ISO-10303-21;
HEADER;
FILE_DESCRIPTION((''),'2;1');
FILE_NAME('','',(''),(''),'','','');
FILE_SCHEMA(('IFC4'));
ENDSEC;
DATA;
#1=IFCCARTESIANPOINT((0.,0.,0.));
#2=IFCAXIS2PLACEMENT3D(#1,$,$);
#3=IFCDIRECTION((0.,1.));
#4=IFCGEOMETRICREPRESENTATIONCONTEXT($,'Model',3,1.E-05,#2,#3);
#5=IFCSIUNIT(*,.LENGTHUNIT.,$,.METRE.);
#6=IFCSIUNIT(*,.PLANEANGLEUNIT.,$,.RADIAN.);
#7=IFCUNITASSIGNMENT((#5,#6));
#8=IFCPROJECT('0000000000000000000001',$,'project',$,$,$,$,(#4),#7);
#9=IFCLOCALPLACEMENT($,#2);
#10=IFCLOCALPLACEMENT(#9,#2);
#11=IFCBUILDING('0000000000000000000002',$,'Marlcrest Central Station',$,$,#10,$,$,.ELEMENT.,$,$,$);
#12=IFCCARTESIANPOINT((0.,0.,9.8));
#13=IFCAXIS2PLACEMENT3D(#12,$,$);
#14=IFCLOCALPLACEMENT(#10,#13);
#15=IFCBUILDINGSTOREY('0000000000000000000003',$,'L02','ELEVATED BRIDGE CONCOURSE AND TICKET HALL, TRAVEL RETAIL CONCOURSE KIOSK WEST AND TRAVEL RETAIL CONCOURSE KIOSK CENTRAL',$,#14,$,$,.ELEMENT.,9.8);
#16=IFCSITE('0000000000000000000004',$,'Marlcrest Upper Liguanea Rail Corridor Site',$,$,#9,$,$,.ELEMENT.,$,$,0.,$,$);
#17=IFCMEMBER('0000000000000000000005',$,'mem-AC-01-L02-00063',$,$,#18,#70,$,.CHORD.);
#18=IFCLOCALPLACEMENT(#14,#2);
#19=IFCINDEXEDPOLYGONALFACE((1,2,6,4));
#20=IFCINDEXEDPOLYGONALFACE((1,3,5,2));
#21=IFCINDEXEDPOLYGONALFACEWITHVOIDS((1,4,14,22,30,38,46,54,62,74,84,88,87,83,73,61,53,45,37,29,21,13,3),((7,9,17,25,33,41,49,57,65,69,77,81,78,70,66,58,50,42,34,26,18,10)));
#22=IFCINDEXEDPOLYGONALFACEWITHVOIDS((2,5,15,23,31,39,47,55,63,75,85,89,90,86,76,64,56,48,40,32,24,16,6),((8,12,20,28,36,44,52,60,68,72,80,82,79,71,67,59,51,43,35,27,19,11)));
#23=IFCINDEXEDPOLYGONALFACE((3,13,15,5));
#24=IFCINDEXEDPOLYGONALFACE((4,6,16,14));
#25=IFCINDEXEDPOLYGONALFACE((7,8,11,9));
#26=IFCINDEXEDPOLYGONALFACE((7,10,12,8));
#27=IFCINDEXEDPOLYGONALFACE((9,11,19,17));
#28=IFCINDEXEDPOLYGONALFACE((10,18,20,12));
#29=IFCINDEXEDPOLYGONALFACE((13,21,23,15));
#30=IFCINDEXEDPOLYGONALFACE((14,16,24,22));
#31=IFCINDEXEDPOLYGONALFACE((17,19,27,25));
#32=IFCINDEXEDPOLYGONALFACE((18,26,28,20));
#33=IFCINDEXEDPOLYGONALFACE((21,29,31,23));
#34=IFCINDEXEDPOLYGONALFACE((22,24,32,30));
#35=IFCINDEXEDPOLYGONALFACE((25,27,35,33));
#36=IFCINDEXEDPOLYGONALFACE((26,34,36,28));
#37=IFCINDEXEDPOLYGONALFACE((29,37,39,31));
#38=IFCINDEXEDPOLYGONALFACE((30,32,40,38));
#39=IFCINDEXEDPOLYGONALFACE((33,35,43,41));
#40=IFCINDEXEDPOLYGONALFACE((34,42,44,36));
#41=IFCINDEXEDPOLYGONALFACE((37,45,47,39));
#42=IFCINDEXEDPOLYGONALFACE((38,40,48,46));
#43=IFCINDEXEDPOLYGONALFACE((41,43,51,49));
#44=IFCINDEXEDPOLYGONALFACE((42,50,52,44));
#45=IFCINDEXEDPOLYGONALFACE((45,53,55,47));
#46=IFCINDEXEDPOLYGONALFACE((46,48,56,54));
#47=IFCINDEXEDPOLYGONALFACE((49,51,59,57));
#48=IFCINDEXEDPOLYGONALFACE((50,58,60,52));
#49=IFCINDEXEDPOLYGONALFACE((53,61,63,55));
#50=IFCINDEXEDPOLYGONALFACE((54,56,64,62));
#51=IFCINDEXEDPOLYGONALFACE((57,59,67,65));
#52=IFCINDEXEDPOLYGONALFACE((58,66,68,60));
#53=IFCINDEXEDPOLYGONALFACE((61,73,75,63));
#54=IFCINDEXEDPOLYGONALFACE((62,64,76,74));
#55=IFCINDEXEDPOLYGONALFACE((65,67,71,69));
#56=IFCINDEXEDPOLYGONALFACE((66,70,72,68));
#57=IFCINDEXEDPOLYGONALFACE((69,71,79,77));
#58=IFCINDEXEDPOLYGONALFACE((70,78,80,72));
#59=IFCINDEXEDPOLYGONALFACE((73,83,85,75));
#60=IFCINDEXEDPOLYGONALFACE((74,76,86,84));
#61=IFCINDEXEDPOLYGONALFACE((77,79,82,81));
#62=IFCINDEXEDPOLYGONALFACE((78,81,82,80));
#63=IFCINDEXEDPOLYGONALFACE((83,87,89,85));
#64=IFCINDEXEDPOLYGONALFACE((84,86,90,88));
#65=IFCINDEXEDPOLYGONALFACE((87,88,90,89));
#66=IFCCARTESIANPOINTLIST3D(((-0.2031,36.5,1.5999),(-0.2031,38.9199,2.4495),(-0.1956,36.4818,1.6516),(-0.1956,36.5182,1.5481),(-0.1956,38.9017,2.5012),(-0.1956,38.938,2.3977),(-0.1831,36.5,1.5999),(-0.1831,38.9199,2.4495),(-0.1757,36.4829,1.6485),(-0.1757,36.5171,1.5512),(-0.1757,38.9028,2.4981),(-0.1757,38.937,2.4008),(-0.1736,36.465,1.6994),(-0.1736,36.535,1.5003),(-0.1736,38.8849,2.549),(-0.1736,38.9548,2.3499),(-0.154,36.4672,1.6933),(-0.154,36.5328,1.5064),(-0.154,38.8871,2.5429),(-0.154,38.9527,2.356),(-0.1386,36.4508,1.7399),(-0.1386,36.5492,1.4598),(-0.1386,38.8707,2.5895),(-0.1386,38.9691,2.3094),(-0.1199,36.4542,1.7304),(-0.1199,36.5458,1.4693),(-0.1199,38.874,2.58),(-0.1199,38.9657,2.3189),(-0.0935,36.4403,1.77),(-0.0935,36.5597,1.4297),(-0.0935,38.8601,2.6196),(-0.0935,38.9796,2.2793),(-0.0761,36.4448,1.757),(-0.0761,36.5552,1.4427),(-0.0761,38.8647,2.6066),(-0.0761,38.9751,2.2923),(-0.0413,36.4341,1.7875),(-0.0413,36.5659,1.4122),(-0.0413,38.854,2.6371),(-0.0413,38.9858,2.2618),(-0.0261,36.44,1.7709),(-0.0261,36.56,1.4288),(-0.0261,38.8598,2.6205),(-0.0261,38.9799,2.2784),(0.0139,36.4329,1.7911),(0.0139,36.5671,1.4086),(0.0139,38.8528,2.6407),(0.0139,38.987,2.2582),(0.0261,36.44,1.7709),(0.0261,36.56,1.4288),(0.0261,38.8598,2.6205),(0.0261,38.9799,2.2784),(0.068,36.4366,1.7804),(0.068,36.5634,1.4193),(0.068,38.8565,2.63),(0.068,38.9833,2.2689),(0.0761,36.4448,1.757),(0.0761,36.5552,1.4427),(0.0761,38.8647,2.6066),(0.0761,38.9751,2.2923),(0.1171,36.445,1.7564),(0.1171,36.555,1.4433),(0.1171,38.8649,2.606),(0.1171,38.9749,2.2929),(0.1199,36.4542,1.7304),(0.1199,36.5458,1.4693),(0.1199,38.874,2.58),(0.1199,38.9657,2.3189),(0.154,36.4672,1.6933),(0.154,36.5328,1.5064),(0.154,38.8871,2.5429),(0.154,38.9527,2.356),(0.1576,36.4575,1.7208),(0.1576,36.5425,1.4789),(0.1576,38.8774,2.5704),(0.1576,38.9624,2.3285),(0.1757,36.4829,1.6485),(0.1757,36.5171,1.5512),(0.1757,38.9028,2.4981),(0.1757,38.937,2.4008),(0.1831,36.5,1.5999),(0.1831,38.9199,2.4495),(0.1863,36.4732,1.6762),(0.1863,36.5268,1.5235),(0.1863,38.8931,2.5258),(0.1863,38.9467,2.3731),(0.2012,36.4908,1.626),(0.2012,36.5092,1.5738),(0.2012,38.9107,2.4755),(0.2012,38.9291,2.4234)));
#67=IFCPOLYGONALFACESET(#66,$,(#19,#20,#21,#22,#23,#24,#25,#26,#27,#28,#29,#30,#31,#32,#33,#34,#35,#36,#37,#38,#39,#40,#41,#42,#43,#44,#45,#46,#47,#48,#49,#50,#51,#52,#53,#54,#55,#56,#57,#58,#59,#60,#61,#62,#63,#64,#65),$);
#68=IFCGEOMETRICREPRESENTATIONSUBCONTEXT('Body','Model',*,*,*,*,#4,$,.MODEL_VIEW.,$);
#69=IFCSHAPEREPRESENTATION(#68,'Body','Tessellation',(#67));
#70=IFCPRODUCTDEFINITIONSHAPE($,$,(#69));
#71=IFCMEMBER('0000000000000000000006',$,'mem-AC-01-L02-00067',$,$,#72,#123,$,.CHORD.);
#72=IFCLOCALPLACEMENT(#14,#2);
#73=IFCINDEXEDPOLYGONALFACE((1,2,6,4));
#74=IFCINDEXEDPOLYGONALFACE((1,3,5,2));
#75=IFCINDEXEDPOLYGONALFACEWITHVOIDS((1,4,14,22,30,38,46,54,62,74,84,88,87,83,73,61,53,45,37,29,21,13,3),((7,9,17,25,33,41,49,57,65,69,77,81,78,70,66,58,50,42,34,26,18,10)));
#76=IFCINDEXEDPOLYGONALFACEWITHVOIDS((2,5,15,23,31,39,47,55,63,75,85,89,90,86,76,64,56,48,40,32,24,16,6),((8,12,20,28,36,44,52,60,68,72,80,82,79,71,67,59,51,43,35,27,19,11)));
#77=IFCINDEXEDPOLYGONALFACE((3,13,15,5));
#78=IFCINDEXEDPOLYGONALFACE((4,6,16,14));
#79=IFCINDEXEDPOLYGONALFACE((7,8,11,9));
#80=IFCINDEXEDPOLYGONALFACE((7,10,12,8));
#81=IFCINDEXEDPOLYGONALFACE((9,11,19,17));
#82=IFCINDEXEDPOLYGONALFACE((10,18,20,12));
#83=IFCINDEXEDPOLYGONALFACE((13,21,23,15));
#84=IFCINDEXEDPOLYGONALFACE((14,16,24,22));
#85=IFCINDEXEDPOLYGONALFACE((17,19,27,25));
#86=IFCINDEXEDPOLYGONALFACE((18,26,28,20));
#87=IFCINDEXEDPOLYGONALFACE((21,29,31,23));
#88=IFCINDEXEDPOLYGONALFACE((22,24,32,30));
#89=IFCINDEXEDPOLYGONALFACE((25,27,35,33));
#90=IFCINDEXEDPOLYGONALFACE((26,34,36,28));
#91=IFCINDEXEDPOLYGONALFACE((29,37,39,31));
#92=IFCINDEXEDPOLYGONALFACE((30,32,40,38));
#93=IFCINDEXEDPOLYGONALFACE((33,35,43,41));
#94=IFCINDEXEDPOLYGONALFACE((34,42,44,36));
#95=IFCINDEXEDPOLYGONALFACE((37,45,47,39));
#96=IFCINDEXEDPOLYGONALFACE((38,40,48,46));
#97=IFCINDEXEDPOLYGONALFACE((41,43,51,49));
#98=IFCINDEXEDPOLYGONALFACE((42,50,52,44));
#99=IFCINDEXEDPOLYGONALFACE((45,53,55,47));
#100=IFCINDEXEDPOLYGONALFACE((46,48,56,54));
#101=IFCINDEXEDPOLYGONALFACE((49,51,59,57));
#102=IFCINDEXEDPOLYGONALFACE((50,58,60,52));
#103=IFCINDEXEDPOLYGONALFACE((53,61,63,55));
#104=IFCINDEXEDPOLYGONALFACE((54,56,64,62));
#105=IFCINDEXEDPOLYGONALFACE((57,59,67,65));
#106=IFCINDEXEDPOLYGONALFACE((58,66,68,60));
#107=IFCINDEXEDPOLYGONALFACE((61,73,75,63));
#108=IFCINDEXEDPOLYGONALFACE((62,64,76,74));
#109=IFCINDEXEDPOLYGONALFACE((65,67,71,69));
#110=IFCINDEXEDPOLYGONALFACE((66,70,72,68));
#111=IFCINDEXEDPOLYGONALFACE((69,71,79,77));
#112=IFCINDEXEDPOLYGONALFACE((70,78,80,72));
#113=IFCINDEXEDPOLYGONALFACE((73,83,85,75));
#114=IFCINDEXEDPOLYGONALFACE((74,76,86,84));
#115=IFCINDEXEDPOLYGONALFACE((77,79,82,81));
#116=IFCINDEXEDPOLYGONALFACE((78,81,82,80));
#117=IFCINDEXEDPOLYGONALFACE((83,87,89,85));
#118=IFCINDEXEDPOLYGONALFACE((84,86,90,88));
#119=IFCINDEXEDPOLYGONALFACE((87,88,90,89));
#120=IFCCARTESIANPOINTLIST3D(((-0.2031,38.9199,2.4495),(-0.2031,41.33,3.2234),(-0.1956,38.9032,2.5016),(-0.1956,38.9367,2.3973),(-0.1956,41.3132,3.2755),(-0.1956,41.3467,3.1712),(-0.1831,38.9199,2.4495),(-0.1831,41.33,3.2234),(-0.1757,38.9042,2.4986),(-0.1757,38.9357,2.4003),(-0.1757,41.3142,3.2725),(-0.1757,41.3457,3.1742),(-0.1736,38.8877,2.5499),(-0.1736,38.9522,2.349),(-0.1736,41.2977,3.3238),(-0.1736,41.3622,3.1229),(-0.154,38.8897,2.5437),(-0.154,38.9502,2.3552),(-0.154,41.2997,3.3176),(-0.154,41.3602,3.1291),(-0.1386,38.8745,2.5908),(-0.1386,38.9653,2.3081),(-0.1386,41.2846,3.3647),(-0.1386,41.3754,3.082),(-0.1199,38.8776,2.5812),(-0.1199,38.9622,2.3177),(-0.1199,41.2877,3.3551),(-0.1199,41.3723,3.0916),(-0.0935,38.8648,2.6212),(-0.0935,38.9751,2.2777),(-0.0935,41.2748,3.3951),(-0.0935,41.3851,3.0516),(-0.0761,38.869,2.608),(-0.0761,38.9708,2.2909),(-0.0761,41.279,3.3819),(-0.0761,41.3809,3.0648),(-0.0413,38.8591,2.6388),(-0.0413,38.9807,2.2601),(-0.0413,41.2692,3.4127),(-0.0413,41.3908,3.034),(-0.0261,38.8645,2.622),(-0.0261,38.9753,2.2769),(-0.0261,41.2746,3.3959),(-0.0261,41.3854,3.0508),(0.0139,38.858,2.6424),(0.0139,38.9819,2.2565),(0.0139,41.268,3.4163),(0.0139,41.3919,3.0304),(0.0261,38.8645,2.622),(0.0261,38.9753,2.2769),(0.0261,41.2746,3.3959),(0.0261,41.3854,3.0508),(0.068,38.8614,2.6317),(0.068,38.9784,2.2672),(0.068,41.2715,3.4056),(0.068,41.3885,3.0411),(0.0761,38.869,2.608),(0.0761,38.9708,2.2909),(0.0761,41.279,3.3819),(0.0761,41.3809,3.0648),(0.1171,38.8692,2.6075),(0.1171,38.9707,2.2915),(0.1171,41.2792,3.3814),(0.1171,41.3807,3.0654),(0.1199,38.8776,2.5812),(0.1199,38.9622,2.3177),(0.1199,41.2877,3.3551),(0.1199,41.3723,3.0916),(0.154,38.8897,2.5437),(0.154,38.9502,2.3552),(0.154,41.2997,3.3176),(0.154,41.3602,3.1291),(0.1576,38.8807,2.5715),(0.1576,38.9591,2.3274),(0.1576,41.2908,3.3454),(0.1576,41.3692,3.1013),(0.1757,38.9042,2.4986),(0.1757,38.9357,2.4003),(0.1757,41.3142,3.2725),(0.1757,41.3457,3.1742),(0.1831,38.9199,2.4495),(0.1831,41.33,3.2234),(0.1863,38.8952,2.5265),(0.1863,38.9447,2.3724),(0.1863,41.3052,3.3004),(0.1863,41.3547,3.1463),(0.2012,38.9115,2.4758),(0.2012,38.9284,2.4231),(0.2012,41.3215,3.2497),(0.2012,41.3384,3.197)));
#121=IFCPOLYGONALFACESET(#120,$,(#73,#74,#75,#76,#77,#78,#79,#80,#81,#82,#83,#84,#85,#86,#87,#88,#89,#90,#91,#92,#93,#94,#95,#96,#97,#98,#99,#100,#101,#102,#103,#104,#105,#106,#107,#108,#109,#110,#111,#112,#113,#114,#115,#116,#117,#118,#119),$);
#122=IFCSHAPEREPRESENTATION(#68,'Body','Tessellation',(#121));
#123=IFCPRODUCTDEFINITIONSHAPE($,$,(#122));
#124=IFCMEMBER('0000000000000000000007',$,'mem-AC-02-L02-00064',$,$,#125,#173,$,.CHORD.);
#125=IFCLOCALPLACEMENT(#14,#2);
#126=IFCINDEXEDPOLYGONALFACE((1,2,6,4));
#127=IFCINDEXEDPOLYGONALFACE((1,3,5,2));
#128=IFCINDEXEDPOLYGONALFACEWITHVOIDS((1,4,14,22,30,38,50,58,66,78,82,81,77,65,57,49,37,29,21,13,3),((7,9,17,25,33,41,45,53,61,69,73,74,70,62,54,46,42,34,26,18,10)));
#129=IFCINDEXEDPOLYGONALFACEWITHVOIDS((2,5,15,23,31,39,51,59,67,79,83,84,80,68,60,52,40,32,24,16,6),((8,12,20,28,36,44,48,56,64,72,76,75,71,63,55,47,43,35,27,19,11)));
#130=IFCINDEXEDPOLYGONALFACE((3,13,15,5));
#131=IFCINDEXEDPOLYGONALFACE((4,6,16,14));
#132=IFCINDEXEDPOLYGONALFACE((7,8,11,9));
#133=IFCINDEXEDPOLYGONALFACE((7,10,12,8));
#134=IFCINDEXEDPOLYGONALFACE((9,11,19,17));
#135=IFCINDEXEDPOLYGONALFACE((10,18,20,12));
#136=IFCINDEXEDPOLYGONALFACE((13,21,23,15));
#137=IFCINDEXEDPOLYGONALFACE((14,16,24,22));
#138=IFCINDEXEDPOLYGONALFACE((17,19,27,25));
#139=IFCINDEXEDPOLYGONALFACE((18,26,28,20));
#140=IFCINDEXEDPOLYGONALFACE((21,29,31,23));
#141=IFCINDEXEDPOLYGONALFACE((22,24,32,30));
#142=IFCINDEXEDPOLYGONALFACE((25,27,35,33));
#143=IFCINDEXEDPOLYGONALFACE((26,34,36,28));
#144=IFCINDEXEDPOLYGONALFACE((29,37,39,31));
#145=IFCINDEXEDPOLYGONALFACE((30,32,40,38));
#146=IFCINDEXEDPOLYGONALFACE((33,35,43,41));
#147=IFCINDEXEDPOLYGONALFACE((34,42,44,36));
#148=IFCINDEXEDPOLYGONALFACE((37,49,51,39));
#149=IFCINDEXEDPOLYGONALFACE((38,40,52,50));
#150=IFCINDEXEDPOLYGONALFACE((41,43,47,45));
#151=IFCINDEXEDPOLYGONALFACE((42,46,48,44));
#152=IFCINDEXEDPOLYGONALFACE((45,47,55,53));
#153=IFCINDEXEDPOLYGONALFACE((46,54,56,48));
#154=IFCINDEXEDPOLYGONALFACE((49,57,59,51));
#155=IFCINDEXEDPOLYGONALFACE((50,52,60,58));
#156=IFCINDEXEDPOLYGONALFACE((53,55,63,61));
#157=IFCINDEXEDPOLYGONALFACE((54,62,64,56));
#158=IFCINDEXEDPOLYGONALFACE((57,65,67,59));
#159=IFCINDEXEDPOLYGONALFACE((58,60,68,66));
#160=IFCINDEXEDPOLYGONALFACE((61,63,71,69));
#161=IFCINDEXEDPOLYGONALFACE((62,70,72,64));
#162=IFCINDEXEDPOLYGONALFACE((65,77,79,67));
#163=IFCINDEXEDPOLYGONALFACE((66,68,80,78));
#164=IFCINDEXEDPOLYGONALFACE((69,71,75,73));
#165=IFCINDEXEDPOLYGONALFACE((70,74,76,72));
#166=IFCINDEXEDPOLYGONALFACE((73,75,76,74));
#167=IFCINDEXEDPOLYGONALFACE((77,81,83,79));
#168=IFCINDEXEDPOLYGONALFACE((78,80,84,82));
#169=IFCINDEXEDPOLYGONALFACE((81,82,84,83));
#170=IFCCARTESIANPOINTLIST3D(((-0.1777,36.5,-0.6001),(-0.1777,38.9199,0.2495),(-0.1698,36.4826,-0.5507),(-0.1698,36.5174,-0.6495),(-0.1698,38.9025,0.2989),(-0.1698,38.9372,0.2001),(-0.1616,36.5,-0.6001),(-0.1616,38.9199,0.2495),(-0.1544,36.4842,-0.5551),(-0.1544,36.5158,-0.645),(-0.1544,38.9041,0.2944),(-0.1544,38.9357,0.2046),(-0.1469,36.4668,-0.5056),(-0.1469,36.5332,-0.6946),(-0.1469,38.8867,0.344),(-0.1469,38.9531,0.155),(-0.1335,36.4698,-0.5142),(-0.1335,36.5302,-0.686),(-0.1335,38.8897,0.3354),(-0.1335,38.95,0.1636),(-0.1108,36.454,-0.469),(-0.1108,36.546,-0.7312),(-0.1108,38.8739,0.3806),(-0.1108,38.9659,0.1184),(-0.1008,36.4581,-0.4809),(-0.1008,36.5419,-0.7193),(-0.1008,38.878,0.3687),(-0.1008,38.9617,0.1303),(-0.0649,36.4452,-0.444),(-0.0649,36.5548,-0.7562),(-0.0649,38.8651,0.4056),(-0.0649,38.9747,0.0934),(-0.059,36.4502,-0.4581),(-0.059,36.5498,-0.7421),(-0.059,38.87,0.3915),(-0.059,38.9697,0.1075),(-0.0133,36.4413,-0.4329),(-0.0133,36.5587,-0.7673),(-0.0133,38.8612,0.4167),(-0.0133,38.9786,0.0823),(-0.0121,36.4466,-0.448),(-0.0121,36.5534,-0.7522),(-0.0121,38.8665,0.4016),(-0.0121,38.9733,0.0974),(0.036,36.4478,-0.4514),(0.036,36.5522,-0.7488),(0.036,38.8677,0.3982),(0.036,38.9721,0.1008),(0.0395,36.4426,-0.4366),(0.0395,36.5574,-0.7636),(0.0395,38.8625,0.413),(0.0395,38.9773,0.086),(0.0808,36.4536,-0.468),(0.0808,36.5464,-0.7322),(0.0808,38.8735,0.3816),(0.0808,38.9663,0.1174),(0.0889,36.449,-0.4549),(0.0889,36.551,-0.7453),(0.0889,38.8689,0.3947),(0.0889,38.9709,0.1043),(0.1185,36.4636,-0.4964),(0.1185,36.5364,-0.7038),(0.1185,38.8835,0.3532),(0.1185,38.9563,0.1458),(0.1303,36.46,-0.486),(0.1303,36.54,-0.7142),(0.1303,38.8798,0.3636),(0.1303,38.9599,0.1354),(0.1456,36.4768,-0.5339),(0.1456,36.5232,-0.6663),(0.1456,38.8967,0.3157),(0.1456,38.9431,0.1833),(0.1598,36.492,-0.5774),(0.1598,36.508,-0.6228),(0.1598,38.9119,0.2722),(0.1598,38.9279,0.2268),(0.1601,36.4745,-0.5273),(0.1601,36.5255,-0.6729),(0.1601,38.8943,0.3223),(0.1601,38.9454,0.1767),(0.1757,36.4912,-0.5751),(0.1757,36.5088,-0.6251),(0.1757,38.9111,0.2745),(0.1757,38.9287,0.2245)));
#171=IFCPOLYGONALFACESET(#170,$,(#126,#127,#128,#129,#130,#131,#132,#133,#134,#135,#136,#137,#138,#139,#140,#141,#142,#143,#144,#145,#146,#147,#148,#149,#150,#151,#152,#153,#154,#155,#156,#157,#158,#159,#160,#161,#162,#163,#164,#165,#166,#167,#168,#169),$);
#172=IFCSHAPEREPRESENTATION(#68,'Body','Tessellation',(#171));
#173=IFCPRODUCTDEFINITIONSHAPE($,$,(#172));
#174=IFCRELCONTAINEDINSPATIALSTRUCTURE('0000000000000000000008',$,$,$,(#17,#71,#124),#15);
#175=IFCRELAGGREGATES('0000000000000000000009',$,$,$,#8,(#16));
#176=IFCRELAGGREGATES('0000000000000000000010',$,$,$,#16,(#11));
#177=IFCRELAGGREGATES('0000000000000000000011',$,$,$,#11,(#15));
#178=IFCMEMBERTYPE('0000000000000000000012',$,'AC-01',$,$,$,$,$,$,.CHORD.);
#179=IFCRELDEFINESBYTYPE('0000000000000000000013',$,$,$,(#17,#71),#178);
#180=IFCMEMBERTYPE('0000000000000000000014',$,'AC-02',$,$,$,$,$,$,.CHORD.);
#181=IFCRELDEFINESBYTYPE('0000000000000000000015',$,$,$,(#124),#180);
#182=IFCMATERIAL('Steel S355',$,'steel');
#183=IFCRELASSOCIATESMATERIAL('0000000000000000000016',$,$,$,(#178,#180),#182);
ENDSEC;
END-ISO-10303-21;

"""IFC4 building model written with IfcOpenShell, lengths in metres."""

from ifc_helpers import new_model, si_unit, direction, frame, origin, origin_2d, place, context, subcontext, project, spatial, hollow_circle, extrude, material, material_profile, profile_set, type_object, element, save


model = new_model("IFC4")

# Units and contexts
model_context = context("Model", 3, precision=1e-05, world=origin(), true_north=direction((0.0, 1.0)))
body_context = subcontext(model_context, "Body", "Model", "MODEL_VIEW")
ifc_project = project(units=[si_unit("LENGTHUNIT", "METRE"), si_unit("PLANEANGLEUNIT", "RADIAN")], contexts=[model_context])

# Site, building, storey
site_placement = place(None, origin())
site = spatial("IfcSite", under=ifc_project, at=site_placement, Name="Marlcrest Upper Liguanea Rail Corridor Site", CompositionType="ELEMENT", RefElevation=0.0)
building_placement = place(site_placement, origin())
building = spatial("IfcBuilding", under=site, at=building_placement, Name="Marlcrest Central Station", CompositionType="ELEMENT")
storey_placement = place(building_placement, frame((0.0, 0.0, 9.8)))
storey = spatial("IfcBuildingStorey", under=building, at=storey_placement, Name="L02", Description="ELEVATED BRIDGE CONCOURSE AND TICKET HALL, TRAVEL RETAIL CONCOURSE KIOSK WEST AND TRAVEL RETAIL CONCOURSE KIOSK CENTRAL", CompositionType="ELEMENT", Elevation=9.8)

# Members
ifc_material_1 = material(Name="Steel S355", Category="steel")
ifc_material_profile_1 = material_profile(ifc_material_1, hollow_circle(Radius=0.2031, WallThickness=0.02, at=origin_2d()), Name="CHS 406.4x20")
ifc_profile_set_1 = profile_set([ifc_material_profile_1], Name="Steel S355")
member_type_1 = type_object("IfcMemberType", Name="AC-01", PredefinedType="CHORD", material=ifc_profile_set_1)
member_1_placement = place(storey_placement, frame((0.0, 36.5, 1.5999), z_axis=(0.0, 0.943537, 0.331266), x_axis=(-1.0, 0.0, 0.0)))
element("IfcMember", 1, at=member_1_placement, inside=storey, type_object=member_type_1, Name="mem-AC-01-L02-00063", PredefinedType="CHORD", context=body_context, shape_type="SweptSolid", body=[
    extrude(hollow_circle(Radius=0.2031, WallThickness=0.02, at=origin_2d()), origin(), (0.0, 0.0, 1.0), 2.5647),
])
member_2_placement = place(storey_placement, frame((0.0, 38.9199, 2.4495), z_axis=(0.0, 0.952117, 0.305734), x_axis=(-1.0, 0.0, 0.0)))
element("IfcMember", 2, at=member_2_placement, inside=storey, type_object=member_type_1, Name="mem-AC-01-L02-00067", PredefinedType="CHORD", context=body_context, shape_type="SweptSolid", body=[
    extrude(hollow_circle(Radius=0.2031, WallThickness=0.02, at=origin_2d()), origin(), (0.0, 0.0, 1.0), 2.5312),
])
ifc_material_profile_2 = material_profile(ifc_material_1, hollow_circle(Radius=0.1777, WallThickness=0.0161, at=origin_2d()), Name="CHS 355.6x16")
ifc_profile_set_2 = profile_set([ifc_material_profile_2], Name="Steel S355")
member_type_2 = type_object("IfcMemberType", Name="AC-02", PredefinedType="CHORD", material=ifc_profile_set_2)
member_3_placement = place(storey_placement, frame((0.0, 36.5, -0.6001), z_axis=(0.0, 0.943537, 0.331266), x_axis=(-1.0, 0.0, 0.0)))
element("IfcMember", 3, at=member_3_placement, inside=storey, type_object=member_type_2, Name="mem-AC-02-L02-00064", PredefinedType="CHORD", context=body_context, shape_type="SweptSolid", body=[
    extrude(hollow_circle(Radius=0.1777, WallThickness=0.0161, at=origin_2d()), origin(), (0.0, 0.0, 1.0), 2.5647),
])

save(model, "model.ifc")
